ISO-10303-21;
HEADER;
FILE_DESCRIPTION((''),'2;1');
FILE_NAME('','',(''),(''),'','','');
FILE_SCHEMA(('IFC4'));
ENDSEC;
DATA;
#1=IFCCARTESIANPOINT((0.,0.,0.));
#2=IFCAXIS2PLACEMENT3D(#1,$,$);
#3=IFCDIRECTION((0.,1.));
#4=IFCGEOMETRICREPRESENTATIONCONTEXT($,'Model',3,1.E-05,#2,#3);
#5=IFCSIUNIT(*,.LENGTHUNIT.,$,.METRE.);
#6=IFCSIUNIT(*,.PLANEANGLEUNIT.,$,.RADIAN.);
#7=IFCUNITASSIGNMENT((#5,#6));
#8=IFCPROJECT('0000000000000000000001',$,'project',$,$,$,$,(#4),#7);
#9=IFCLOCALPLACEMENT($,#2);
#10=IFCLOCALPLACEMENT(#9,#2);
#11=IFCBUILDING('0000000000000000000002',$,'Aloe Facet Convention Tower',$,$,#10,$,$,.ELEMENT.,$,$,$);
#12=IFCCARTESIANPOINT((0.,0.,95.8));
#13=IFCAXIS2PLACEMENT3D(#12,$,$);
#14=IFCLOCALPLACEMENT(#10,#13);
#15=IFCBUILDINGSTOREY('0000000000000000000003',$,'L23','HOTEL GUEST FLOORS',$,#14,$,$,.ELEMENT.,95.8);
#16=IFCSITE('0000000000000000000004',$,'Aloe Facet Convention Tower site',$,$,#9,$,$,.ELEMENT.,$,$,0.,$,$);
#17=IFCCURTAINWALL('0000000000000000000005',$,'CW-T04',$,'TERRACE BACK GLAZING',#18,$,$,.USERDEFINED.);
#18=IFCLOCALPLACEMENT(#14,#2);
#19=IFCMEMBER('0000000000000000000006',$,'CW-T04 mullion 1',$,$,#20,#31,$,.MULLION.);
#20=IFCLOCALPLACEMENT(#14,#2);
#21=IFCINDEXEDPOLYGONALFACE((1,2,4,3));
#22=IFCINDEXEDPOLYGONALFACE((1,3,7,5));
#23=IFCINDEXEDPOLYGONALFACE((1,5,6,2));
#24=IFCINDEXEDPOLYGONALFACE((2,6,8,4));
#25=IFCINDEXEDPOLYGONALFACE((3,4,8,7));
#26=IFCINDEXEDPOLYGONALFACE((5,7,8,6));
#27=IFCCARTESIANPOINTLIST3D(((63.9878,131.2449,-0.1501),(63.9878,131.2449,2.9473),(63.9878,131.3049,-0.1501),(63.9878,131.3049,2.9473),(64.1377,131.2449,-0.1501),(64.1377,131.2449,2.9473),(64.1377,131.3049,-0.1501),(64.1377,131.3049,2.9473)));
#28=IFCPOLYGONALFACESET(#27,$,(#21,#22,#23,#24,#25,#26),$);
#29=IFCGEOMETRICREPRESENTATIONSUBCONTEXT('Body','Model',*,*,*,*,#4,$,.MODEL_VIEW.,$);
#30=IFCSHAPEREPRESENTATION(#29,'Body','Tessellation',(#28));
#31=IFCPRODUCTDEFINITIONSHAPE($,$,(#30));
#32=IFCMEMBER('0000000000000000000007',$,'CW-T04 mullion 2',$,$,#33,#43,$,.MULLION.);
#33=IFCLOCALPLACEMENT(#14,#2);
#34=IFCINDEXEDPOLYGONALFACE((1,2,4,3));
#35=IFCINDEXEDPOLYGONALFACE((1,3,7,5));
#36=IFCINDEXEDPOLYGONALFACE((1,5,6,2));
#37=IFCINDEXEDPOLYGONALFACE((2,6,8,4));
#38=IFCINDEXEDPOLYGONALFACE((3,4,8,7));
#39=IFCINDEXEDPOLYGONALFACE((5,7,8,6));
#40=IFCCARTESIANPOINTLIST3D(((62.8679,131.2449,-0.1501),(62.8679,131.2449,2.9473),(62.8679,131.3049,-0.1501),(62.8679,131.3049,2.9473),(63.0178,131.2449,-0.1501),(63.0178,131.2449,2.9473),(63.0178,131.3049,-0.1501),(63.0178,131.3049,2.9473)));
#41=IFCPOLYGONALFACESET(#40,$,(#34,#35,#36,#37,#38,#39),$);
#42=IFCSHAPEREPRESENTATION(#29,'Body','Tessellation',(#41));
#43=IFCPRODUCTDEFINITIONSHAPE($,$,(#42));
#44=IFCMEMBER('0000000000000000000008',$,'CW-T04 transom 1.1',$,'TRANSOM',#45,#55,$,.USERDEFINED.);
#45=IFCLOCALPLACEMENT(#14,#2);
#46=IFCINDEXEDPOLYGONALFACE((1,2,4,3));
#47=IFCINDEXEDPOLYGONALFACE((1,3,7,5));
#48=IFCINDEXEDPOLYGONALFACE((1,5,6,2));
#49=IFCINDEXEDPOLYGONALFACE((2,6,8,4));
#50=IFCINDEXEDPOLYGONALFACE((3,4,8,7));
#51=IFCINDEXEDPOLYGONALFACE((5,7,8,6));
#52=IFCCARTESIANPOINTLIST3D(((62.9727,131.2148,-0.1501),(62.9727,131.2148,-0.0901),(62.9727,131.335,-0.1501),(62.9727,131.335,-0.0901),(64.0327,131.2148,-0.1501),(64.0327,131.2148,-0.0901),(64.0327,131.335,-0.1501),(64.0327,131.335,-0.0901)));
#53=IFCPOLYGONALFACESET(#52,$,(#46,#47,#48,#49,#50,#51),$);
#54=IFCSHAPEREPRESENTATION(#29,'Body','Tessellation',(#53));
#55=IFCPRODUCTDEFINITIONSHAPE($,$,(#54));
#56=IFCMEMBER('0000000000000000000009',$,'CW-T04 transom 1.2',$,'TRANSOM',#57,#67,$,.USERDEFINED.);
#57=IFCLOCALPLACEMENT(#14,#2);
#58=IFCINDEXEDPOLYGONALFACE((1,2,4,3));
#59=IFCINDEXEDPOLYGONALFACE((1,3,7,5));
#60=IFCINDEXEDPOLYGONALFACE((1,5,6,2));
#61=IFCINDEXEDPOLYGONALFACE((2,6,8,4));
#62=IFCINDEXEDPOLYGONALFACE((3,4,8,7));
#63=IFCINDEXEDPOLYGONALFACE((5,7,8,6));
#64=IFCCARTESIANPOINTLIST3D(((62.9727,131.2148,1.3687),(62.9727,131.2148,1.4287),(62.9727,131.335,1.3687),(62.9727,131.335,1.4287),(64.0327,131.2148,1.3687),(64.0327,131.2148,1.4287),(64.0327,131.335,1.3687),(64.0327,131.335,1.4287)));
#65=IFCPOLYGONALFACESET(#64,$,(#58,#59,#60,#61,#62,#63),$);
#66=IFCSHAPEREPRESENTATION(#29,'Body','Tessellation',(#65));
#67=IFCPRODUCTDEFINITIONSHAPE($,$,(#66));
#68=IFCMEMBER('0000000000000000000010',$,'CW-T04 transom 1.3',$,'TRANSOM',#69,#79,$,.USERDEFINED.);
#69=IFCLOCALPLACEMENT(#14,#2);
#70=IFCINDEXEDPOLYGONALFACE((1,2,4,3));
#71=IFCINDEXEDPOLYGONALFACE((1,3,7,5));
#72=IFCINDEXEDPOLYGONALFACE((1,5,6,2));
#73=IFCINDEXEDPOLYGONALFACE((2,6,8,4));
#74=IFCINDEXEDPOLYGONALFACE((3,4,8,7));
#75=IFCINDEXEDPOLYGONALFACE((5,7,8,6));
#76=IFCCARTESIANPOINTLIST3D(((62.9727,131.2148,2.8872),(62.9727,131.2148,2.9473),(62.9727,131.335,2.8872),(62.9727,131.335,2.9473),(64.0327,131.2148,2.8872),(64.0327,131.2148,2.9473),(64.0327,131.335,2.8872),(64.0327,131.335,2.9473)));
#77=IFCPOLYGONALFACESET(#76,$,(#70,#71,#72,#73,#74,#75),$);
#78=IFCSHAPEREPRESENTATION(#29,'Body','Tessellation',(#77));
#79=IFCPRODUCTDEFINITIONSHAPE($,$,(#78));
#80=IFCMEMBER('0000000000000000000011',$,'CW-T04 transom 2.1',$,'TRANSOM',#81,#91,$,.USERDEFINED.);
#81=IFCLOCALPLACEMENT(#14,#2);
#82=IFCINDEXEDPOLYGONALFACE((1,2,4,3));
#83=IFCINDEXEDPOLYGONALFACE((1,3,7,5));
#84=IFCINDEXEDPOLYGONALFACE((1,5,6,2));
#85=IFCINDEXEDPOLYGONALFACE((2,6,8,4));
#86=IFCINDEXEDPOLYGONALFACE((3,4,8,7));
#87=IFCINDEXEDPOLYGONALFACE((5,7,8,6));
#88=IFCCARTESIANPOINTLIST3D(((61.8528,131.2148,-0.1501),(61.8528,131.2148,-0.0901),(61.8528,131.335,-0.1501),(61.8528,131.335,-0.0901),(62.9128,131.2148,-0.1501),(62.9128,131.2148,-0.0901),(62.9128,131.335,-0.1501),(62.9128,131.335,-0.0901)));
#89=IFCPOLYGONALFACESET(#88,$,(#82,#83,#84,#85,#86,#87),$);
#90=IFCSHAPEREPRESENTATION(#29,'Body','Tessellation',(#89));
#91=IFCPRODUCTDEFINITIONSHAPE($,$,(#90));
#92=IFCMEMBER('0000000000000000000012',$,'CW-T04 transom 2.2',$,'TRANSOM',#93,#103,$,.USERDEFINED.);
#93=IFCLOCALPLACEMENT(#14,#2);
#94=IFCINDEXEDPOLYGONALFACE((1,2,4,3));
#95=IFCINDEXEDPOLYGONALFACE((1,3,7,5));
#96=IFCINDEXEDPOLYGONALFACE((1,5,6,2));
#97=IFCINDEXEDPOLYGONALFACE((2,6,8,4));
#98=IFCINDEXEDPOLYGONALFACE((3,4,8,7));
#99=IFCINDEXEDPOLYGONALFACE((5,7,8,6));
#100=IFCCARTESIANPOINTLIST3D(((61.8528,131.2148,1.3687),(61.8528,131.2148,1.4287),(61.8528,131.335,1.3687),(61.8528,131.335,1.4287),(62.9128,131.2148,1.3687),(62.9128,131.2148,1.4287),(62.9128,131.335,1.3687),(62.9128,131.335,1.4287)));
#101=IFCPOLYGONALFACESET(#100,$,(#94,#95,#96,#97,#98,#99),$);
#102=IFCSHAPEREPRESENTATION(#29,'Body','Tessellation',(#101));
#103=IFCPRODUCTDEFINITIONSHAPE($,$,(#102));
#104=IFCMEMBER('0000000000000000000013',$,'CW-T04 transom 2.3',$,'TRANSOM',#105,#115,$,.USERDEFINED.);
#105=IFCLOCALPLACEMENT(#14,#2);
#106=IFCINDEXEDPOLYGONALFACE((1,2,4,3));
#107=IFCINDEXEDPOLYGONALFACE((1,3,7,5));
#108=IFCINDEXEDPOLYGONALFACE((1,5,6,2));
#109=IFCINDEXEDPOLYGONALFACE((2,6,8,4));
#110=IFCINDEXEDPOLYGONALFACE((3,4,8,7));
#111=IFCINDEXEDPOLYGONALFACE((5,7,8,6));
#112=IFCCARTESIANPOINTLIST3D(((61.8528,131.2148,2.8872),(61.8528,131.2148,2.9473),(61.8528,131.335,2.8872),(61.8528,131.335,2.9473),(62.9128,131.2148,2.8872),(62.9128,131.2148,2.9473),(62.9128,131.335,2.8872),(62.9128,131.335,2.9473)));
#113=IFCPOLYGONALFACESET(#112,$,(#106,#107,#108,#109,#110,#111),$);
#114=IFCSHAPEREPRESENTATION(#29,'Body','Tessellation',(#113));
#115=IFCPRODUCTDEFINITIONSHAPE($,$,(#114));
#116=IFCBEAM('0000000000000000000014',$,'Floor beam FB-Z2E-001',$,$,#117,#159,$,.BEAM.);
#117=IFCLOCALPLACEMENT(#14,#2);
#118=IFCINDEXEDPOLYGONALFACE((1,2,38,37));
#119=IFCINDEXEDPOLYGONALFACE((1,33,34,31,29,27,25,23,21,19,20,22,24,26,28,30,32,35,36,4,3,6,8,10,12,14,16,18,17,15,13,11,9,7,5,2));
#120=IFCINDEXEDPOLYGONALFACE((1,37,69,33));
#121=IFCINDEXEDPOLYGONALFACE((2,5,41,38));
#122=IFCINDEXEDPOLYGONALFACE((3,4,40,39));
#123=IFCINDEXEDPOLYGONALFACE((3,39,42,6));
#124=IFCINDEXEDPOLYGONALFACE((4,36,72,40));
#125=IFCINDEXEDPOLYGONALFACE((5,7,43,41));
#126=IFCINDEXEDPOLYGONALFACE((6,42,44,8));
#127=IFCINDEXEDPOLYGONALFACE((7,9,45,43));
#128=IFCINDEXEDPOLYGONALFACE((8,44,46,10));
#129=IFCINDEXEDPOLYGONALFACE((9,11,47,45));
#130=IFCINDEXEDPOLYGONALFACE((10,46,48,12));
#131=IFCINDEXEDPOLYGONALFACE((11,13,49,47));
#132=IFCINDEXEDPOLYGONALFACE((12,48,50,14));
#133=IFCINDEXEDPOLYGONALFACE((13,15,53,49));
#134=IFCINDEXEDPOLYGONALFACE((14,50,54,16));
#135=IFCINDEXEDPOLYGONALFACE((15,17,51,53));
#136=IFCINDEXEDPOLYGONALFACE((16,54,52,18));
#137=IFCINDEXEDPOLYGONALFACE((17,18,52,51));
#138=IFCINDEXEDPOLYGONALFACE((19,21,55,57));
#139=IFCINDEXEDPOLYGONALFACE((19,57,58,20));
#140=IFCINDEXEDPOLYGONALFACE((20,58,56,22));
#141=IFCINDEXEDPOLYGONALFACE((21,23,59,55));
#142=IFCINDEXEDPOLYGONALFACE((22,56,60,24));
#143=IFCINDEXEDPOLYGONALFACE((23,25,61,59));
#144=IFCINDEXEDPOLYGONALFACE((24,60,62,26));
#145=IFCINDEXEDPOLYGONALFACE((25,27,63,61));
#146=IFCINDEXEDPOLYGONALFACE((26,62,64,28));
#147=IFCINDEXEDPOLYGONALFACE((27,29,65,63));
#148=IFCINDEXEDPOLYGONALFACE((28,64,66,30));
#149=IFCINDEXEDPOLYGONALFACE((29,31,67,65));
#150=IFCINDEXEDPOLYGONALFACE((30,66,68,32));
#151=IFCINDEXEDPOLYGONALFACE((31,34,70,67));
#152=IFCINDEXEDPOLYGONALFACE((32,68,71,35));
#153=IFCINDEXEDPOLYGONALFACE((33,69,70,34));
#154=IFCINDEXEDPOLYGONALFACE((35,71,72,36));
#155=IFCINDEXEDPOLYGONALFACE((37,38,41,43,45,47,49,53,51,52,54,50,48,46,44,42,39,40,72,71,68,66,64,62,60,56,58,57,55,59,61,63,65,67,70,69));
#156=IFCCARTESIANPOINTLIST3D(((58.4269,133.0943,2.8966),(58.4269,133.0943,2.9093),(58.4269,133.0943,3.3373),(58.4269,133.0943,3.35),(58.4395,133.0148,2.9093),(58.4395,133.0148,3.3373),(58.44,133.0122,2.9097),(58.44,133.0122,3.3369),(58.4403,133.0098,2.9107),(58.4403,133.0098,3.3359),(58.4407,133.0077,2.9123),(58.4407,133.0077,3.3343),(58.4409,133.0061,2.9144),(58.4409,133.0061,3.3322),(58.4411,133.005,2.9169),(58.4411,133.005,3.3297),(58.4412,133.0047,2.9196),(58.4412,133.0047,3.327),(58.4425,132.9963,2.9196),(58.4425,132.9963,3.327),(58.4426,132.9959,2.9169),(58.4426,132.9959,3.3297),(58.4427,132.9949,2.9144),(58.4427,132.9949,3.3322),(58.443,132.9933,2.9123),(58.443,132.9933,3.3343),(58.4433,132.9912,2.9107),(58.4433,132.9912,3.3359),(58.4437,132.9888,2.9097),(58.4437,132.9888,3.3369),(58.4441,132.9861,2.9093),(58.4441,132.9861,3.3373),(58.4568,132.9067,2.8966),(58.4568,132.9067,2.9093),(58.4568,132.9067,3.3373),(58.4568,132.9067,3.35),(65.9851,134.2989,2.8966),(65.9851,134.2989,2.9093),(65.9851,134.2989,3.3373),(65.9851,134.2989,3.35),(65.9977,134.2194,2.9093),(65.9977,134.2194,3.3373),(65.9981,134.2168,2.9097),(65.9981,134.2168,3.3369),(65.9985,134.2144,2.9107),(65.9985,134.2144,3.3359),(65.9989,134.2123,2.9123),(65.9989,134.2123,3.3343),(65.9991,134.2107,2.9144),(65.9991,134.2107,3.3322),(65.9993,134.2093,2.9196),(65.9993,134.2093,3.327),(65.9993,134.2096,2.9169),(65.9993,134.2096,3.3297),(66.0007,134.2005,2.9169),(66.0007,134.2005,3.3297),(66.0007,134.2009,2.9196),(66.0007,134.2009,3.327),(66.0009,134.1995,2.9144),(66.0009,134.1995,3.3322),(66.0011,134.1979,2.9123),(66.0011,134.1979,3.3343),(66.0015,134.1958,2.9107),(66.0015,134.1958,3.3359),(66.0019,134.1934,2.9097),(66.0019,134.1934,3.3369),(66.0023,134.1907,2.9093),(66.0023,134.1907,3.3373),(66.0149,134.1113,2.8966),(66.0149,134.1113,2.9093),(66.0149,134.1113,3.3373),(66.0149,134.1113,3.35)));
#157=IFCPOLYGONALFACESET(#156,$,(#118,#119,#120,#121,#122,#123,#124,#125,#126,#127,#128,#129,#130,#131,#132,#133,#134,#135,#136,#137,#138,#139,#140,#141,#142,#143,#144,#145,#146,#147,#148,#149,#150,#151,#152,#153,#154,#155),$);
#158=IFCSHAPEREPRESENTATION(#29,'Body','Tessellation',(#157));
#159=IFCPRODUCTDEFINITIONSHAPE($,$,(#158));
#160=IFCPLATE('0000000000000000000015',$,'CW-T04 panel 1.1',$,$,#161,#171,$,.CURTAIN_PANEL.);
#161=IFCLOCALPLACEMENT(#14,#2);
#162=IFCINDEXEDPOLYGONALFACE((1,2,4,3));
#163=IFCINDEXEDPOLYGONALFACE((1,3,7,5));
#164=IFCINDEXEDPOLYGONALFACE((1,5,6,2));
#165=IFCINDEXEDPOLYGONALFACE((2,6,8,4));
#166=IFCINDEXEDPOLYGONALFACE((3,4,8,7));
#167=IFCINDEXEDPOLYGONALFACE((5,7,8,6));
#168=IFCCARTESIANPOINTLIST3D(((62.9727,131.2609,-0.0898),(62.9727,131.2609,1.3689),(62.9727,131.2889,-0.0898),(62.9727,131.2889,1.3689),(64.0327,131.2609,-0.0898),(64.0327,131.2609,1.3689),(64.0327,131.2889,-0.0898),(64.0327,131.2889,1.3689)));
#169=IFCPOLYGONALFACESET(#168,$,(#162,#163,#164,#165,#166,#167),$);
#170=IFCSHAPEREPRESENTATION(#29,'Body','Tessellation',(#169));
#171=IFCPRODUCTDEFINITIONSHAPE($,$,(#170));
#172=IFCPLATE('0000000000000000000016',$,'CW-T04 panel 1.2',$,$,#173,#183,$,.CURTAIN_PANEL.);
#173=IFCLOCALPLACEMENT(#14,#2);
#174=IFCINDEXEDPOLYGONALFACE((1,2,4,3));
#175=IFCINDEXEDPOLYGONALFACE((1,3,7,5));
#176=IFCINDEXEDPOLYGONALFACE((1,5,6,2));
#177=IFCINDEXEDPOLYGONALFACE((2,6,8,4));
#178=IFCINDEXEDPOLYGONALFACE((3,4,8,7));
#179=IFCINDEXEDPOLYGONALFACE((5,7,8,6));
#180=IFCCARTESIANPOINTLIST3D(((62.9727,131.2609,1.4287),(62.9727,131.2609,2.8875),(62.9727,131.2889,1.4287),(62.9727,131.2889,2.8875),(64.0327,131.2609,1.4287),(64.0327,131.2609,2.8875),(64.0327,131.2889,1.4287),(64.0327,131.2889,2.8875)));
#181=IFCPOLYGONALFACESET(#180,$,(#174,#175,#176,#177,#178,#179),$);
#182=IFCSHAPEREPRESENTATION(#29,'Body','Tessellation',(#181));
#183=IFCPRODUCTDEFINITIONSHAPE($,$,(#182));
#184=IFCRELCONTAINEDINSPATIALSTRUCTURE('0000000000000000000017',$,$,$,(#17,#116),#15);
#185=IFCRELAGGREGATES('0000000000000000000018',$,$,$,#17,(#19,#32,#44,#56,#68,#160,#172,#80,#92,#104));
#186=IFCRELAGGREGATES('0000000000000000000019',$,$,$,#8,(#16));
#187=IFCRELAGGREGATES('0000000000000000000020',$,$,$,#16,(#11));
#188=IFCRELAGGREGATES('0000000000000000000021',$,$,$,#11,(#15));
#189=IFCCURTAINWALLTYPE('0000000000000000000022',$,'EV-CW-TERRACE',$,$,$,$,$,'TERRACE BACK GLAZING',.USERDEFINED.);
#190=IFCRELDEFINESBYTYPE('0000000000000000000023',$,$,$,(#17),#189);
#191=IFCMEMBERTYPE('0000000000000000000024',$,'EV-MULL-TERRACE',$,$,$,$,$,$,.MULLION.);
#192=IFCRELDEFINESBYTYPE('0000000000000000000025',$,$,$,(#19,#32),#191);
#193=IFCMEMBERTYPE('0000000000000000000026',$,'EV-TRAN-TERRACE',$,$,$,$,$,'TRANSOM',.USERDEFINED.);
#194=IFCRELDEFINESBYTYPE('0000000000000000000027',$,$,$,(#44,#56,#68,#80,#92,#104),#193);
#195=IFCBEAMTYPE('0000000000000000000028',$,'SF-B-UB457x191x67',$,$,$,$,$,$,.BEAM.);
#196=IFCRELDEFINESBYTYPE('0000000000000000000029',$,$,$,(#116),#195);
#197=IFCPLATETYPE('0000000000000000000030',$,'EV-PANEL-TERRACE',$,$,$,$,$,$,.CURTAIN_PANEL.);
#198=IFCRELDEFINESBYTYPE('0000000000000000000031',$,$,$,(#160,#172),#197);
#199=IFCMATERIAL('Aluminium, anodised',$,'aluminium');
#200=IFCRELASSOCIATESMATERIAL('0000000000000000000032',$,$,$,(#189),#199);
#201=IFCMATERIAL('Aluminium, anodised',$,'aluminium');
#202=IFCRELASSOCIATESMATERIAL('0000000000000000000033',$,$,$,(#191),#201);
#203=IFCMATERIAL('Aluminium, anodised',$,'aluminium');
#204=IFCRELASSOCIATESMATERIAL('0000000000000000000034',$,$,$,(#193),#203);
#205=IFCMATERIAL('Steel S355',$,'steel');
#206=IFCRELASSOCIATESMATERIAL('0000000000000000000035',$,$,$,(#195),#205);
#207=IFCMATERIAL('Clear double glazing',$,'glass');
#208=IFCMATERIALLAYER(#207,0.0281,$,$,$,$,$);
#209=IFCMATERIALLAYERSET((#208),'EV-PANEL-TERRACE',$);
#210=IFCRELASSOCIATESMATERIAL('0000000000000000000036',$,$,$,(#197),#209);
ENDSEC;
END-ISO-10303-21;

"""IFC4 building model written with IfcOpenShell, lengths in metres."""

from ifc_helpers import new_model, si_unit, direction, frame, origin, origin_2d, place, context, subcontext, project, spatial, rectangle, i_section, extrude, material, layer, layer_set, material_profile, profile_set, type_object, element, aggregate, save


model = new_model("IFC4")

# Units and contexts
model_context = context("Model", 3, precision=1e-05, world=origin(), true_north=direction((0.0, 1.0)))
body_context = subcontext(model_context, "Body", "Model", "MODEL_VIEW")
ifc_project = project(units=[si_unit("LENGTHUNIT", "METRE"), si_unit("PLANEANGLEUNIT", "RADIAN")], contexts=[model_context])

# Site, building, storey
site_placement = place(None, origin())
site = spatial("IfcSite", under=ifc_project, at=site_placement, Name="Aloe Facet Convention Tower site", CompositionType="ELEMENT", RefElevation=0.0)
building_placement = place(site_placement, origin())
building = spatial("IfcBuilding", under=site, at=building_placement, Name="Aloe Facet Convention Tower", CompositionType="ELEMENT")
storey_placement = place(building_placement, frame((0.0, 0.0, 95.8)))
storey = spatial("IfcBuildingStorey", under=building, at=storey_placement, Name="L23", Description="HOTEL GUEST FLOORS", CompositionType="ELEMENT", Elevation=95.8)

# Curtain wall, members
ifc_material_1 = material(Name="Aluminium, anodised", Category="aluminium")
curtain_wall_type = type_object("IfcCurtainWallType", Name="EV-CW-TERRACE", ElementType="TERRACE BACK GLAZING", PredefinedType="USERDEFINED", material=ifc_material_1)
curtain_wall_placement = place(storey_placement, origin())
curtain_wall = element("IfcCurtainWall", 1, at=curtain_wall_placement, inside=storey, type_object=curtain_wall_type, Name="CW-T04", ObjectType="TERRACE BACK GLAZING", PredefinedType="USERDEFINED")
ifc_material_2 = material(Name="Aluminium, anodised", Category="aluminium")
ifc_material_profile_1 = material_profile(ifc_material_2, rectangle(XDim=0.0601, YDim=0.1499, at=origin_2d()), Name="AL 60x150")
ifc_profile_set_1 = profile_set([ifc_material_profile_1], Name="Aluminium, anodised")
member_type_1 = type_object("IfcMemberType", Name="EV-MULL-TERRACE", PredefinedType="MULLION", material=ifc_profile_set_1)
member_1_placement = place(storey_placement, frame((64.0627, 131.2749, -0.1501), z_axis=(0.0, 0.0, 1.0), x_axis=(0.0, -1.0, 0.0)))
member_1 = element("IfcMember", 2, at=member_1_placement, type_object=member_type_1, Name="CW-T04 mullion 1", PredefinedType="MULLION", context=body_context, shape_type="SweptSolid", body=[
    extrude(rectangle(XDim=0.0601, YDim=0.1499, at=origin_2d()), origin(), (0.0, 0.0, 1.0), 3.0974),
])
member_2_placement = place(storey_placement, frame((62.9429, 131.2749, -0.1501), z_axis=(0.0, 0.0, 1.0), x_axis=(0.0, -1.0, 0.0)))
member_2 = element("IfcMember", 3, at=member_2_placement, type_object=member_type_1, Name="CW-T04 mullion 2", PredefinedType="MULLION", context=body_context, shape_type="SweptSolid", body=[
    extrude(rectangle(XDim=0.0601, YDim=0.1499, at=origin_2d()), origin(), (0.0, 0.0, 1.0), 3.0974),
])
ifc_material_3 = material(Name="Aluminium, anodised", Category="aluminium")
ifc_material_profile_2 = material_profile(ifc_material_3, rectangle(XDim=0.1201, YDim=0.0601, at=origin_2d()), Name="AL 120x60")
ifc_profile_set_2 = profile_set([ifc_material_profile_2], Name="Aluminium, anodised")
member_type_2 = type_object("IfcMemberType", Name="EV-TRAN-TERRACE", ElementType="TRANSOM", PredefinedType="USERDEFINED", material=ifc_profile_set_2)
member_3_placement = place(storey_placement, frame((64.0327, 131.2749, -0.1201), z_axis=(-1.0, 0.0, 0.0), x_axis=(0.0, -1.0, 0.0)))
member_3 = element("IfcMember", 4, at=member_3_placement, type_object=member_type_2, Name="CW-T04 transom 1.1", ObjectType="TRANSOM", PredefinedType="USERDEFINED", context=body_context, shape_type="SweptSolid", body=[
    extrude(rectangle(XDim=0.1201, YDim=0.0601, at=origin_2d()), origin(), (0.0, 0.0, 1.0), 1.0601),
])
member_4_placement = place(storey_placement, frame((64.0327, 131.2749, 1.3987), z_axis=(-1.0, 0.0, 0.0), x_axis=(0.0, -1.0, 0.0)))
member_4 = element("IfcMember", 5, at=member_4_placement, type_object=member_type_2, Name="CW-T04 transom 1.2", ObjectType="TRANSOM", PredefinedType="USERDEFINED", context=body_context, shape_type="SweptSolid", body=[
    extrude(rectangle(XDim=0.1201, YDim=0.0601, at=origin_2d()), origin(), (0.0, 0.0, 1.0), 1.0601),
])
member_5_placement = place(storey_placement, frame((64.0327, 131.2749, 2.9172), z_axis=(-1.0, 0.0, 0.0), x_axis=(0.0, -1.0, 0.0)))
member_5 = element("IfcMember", 6, at=member_5_placement, type_object=member_type_2, Name="CW-T04 transom 1.3", ObjectType="TRANSOM", PredefinedType="USERDEFINED", context=body_context, shape_type="SweptSolid", body=[
    extrude(rectangle(XDim=0.1201, YDim=0.0601, at=origin_2d()), origin(), (0.0, 0.0, 1.0), 1.0601),
])
member_6_placement = place(storey_placement, frame((62.9128, 131.2749, -0.1201), z_axis=(-1.0, 0.0, 0.0), x_axis=(0.0, -1.0, 0.0)))
member_6 = element("IfcMember", 7, at=member_6_placement, type_object=member_type_2, Name="CW-T04 transom 2.1", ObjectType="TRANSOM", PredefinedType="USERDEFINED", context=body_context, shape_type="SweptSolid", body=[
    extrude(rectangle(XDim=0.1201, YDim=0.0601, at=origin_2d()), origin(), (0.0, 0.0, 1.0), 1.0601),
])
member_7_placement = place(storey_placement, frame((62.9128, 131.2749, 1.3987), z_axis=(-1.0, 0.0, 0.0), x_axis=(0.0, -1.0, 0.0)))
member_7 = element("IfcMember", 8, at=member_7_placement, type_object=member_type_2, Name="CW-T04 transom 2.2", ObjectType="TRANSOM", PredefinedType="USERDEFINED", context=body_context, shape_type="SweptSolid", body=[
    extrude(rectangle(XDim=0.1201, YDim=0.0601, at=origin_2d()), origin(), (0.0, 0.0, 1.0), 1.0601),
])
member_8_placement = place(storey_placement, frame((62.9128, 131.2749, 2.9172), z_axis=(-1.0, 0.0, 0.0), x_axis=(0.0, -1.0, 0.0)))
member_8 = element("IfcMember", 9, at=member_8_placement, type_object=member_type_2, Name="CW-T04 transom 2.3", ObjectType="TRANSOM", PredefinedType="USERDEFINED", context=body_context, shape_type="SweptSolid", body=[
    extrude(rectangle(XDim=0.1201, YDim=0.0601, at=origin_2d()), origin(), (0.0, 0.0, 1.0), 1.0601),
])

# Beam
ifc_material_4 = material(Name="Steel S355", Category="steel")
ifc_material_profile_3 = material_profile(ifc_material_4, i_section(OverallWidth=0.1899, OverallDepth=0.4534, WebThickness=0.0085, FlangeThickness=0.0127, FilletRadius=0.0103, at=origin_2d()), Name="UB 457x191x67")
ifc_profile_set_3 = profile_set([ifc_material_profile_3], Name="Steel S355")
beam_type = type_object("IfcBeamType", Name="SF-B-UB457x191x67", PredefinedType="BEAM", material=ifc_profile_set_3)
beam_placement = place(storey_placement, frame((66.0, 134.2051, 3.1233), z_axis=(-0.987536, -0.157391, 0.0), x_axis=(0.157391, -0.987536, 0.0)))
element("IfcBeam", 10, at=beam_placement, inside=storey, type_object=beam_type, Name="Floor beam FB-Z2E-001", PredefinedType="BEAM", context=body_context, shape_type="SweptSolid", body=[
    extrude(i_section(OverallWidth=0.1899, OverallDepth=0.4534, WebThickness=0.0085, FlangeThickness=0.0127, FilletRadius=0.0103, at=origin_2d()), origin(), (0.0, 0.0, 1.0), 7.6536),
])

# Plates
ifc_material_5 = material(Name="Clear double glazing", Category="glass")
ifc_layer_1 = layer(ifc_material_5, 0.0281)
ifc_layer_set_1 = layer_set([ifc_layer_1], Name="EV-PANEL-TERRACE")
plate_type = type_object("IfcPlateType", Name="EV-PANEL-TERRACE", PredefinedType="CURTAIN_PANEL", material=ifc_layer_set_1)
plate_1_placement = place(storey_placement, frame((63.5027, 131.2749, -0.0898), z_axis=(0.0, 0.0, 1.0), x_axis=(-1.0, 0.0, 0.0)))
plate_1 = element("IfcPlate", 11, at=plate_1_placement, type_object=plate_type, Name="CW-T04 panel 1.1", PredefinedType="CURTAIN_PANEL", context=body_context, shape_type="SweptSolid", body=[
    extrude(rectangle(XDim=1.0601, YDim=0.0281, at=origin_2d()), origin(), (0.0, 0.0, 1.0), 1.4587),
])
plate_2_placement = place(storey_placement, frame((63.5027, 131.2749, 1.4287), z_axis=(0.0, 0.0, 1.0), x_axis=(-1.0, 0.0, 0.0)))
plate_2 = element("IfcPlate", 12, at=plate_2_placement, type_object=plate_type, Name="CW-T04 panel 1.2", PredefinedType="CURTAIN_PANEL", context=body_context, shape_type="SweptSolid", body=[
    extrude(rectangle(XDim=1.0601, YDim=0.0281, at=origin_2d()), origin(), (0.0, 0.0, 1.0), 1.4587),
])
aggregate(curtain_wall, [member_1, member_2, member_3, member_4, member_5, plate_1, plate_2, member_6, member_7, member_8])

save(model, "model.ifc")
